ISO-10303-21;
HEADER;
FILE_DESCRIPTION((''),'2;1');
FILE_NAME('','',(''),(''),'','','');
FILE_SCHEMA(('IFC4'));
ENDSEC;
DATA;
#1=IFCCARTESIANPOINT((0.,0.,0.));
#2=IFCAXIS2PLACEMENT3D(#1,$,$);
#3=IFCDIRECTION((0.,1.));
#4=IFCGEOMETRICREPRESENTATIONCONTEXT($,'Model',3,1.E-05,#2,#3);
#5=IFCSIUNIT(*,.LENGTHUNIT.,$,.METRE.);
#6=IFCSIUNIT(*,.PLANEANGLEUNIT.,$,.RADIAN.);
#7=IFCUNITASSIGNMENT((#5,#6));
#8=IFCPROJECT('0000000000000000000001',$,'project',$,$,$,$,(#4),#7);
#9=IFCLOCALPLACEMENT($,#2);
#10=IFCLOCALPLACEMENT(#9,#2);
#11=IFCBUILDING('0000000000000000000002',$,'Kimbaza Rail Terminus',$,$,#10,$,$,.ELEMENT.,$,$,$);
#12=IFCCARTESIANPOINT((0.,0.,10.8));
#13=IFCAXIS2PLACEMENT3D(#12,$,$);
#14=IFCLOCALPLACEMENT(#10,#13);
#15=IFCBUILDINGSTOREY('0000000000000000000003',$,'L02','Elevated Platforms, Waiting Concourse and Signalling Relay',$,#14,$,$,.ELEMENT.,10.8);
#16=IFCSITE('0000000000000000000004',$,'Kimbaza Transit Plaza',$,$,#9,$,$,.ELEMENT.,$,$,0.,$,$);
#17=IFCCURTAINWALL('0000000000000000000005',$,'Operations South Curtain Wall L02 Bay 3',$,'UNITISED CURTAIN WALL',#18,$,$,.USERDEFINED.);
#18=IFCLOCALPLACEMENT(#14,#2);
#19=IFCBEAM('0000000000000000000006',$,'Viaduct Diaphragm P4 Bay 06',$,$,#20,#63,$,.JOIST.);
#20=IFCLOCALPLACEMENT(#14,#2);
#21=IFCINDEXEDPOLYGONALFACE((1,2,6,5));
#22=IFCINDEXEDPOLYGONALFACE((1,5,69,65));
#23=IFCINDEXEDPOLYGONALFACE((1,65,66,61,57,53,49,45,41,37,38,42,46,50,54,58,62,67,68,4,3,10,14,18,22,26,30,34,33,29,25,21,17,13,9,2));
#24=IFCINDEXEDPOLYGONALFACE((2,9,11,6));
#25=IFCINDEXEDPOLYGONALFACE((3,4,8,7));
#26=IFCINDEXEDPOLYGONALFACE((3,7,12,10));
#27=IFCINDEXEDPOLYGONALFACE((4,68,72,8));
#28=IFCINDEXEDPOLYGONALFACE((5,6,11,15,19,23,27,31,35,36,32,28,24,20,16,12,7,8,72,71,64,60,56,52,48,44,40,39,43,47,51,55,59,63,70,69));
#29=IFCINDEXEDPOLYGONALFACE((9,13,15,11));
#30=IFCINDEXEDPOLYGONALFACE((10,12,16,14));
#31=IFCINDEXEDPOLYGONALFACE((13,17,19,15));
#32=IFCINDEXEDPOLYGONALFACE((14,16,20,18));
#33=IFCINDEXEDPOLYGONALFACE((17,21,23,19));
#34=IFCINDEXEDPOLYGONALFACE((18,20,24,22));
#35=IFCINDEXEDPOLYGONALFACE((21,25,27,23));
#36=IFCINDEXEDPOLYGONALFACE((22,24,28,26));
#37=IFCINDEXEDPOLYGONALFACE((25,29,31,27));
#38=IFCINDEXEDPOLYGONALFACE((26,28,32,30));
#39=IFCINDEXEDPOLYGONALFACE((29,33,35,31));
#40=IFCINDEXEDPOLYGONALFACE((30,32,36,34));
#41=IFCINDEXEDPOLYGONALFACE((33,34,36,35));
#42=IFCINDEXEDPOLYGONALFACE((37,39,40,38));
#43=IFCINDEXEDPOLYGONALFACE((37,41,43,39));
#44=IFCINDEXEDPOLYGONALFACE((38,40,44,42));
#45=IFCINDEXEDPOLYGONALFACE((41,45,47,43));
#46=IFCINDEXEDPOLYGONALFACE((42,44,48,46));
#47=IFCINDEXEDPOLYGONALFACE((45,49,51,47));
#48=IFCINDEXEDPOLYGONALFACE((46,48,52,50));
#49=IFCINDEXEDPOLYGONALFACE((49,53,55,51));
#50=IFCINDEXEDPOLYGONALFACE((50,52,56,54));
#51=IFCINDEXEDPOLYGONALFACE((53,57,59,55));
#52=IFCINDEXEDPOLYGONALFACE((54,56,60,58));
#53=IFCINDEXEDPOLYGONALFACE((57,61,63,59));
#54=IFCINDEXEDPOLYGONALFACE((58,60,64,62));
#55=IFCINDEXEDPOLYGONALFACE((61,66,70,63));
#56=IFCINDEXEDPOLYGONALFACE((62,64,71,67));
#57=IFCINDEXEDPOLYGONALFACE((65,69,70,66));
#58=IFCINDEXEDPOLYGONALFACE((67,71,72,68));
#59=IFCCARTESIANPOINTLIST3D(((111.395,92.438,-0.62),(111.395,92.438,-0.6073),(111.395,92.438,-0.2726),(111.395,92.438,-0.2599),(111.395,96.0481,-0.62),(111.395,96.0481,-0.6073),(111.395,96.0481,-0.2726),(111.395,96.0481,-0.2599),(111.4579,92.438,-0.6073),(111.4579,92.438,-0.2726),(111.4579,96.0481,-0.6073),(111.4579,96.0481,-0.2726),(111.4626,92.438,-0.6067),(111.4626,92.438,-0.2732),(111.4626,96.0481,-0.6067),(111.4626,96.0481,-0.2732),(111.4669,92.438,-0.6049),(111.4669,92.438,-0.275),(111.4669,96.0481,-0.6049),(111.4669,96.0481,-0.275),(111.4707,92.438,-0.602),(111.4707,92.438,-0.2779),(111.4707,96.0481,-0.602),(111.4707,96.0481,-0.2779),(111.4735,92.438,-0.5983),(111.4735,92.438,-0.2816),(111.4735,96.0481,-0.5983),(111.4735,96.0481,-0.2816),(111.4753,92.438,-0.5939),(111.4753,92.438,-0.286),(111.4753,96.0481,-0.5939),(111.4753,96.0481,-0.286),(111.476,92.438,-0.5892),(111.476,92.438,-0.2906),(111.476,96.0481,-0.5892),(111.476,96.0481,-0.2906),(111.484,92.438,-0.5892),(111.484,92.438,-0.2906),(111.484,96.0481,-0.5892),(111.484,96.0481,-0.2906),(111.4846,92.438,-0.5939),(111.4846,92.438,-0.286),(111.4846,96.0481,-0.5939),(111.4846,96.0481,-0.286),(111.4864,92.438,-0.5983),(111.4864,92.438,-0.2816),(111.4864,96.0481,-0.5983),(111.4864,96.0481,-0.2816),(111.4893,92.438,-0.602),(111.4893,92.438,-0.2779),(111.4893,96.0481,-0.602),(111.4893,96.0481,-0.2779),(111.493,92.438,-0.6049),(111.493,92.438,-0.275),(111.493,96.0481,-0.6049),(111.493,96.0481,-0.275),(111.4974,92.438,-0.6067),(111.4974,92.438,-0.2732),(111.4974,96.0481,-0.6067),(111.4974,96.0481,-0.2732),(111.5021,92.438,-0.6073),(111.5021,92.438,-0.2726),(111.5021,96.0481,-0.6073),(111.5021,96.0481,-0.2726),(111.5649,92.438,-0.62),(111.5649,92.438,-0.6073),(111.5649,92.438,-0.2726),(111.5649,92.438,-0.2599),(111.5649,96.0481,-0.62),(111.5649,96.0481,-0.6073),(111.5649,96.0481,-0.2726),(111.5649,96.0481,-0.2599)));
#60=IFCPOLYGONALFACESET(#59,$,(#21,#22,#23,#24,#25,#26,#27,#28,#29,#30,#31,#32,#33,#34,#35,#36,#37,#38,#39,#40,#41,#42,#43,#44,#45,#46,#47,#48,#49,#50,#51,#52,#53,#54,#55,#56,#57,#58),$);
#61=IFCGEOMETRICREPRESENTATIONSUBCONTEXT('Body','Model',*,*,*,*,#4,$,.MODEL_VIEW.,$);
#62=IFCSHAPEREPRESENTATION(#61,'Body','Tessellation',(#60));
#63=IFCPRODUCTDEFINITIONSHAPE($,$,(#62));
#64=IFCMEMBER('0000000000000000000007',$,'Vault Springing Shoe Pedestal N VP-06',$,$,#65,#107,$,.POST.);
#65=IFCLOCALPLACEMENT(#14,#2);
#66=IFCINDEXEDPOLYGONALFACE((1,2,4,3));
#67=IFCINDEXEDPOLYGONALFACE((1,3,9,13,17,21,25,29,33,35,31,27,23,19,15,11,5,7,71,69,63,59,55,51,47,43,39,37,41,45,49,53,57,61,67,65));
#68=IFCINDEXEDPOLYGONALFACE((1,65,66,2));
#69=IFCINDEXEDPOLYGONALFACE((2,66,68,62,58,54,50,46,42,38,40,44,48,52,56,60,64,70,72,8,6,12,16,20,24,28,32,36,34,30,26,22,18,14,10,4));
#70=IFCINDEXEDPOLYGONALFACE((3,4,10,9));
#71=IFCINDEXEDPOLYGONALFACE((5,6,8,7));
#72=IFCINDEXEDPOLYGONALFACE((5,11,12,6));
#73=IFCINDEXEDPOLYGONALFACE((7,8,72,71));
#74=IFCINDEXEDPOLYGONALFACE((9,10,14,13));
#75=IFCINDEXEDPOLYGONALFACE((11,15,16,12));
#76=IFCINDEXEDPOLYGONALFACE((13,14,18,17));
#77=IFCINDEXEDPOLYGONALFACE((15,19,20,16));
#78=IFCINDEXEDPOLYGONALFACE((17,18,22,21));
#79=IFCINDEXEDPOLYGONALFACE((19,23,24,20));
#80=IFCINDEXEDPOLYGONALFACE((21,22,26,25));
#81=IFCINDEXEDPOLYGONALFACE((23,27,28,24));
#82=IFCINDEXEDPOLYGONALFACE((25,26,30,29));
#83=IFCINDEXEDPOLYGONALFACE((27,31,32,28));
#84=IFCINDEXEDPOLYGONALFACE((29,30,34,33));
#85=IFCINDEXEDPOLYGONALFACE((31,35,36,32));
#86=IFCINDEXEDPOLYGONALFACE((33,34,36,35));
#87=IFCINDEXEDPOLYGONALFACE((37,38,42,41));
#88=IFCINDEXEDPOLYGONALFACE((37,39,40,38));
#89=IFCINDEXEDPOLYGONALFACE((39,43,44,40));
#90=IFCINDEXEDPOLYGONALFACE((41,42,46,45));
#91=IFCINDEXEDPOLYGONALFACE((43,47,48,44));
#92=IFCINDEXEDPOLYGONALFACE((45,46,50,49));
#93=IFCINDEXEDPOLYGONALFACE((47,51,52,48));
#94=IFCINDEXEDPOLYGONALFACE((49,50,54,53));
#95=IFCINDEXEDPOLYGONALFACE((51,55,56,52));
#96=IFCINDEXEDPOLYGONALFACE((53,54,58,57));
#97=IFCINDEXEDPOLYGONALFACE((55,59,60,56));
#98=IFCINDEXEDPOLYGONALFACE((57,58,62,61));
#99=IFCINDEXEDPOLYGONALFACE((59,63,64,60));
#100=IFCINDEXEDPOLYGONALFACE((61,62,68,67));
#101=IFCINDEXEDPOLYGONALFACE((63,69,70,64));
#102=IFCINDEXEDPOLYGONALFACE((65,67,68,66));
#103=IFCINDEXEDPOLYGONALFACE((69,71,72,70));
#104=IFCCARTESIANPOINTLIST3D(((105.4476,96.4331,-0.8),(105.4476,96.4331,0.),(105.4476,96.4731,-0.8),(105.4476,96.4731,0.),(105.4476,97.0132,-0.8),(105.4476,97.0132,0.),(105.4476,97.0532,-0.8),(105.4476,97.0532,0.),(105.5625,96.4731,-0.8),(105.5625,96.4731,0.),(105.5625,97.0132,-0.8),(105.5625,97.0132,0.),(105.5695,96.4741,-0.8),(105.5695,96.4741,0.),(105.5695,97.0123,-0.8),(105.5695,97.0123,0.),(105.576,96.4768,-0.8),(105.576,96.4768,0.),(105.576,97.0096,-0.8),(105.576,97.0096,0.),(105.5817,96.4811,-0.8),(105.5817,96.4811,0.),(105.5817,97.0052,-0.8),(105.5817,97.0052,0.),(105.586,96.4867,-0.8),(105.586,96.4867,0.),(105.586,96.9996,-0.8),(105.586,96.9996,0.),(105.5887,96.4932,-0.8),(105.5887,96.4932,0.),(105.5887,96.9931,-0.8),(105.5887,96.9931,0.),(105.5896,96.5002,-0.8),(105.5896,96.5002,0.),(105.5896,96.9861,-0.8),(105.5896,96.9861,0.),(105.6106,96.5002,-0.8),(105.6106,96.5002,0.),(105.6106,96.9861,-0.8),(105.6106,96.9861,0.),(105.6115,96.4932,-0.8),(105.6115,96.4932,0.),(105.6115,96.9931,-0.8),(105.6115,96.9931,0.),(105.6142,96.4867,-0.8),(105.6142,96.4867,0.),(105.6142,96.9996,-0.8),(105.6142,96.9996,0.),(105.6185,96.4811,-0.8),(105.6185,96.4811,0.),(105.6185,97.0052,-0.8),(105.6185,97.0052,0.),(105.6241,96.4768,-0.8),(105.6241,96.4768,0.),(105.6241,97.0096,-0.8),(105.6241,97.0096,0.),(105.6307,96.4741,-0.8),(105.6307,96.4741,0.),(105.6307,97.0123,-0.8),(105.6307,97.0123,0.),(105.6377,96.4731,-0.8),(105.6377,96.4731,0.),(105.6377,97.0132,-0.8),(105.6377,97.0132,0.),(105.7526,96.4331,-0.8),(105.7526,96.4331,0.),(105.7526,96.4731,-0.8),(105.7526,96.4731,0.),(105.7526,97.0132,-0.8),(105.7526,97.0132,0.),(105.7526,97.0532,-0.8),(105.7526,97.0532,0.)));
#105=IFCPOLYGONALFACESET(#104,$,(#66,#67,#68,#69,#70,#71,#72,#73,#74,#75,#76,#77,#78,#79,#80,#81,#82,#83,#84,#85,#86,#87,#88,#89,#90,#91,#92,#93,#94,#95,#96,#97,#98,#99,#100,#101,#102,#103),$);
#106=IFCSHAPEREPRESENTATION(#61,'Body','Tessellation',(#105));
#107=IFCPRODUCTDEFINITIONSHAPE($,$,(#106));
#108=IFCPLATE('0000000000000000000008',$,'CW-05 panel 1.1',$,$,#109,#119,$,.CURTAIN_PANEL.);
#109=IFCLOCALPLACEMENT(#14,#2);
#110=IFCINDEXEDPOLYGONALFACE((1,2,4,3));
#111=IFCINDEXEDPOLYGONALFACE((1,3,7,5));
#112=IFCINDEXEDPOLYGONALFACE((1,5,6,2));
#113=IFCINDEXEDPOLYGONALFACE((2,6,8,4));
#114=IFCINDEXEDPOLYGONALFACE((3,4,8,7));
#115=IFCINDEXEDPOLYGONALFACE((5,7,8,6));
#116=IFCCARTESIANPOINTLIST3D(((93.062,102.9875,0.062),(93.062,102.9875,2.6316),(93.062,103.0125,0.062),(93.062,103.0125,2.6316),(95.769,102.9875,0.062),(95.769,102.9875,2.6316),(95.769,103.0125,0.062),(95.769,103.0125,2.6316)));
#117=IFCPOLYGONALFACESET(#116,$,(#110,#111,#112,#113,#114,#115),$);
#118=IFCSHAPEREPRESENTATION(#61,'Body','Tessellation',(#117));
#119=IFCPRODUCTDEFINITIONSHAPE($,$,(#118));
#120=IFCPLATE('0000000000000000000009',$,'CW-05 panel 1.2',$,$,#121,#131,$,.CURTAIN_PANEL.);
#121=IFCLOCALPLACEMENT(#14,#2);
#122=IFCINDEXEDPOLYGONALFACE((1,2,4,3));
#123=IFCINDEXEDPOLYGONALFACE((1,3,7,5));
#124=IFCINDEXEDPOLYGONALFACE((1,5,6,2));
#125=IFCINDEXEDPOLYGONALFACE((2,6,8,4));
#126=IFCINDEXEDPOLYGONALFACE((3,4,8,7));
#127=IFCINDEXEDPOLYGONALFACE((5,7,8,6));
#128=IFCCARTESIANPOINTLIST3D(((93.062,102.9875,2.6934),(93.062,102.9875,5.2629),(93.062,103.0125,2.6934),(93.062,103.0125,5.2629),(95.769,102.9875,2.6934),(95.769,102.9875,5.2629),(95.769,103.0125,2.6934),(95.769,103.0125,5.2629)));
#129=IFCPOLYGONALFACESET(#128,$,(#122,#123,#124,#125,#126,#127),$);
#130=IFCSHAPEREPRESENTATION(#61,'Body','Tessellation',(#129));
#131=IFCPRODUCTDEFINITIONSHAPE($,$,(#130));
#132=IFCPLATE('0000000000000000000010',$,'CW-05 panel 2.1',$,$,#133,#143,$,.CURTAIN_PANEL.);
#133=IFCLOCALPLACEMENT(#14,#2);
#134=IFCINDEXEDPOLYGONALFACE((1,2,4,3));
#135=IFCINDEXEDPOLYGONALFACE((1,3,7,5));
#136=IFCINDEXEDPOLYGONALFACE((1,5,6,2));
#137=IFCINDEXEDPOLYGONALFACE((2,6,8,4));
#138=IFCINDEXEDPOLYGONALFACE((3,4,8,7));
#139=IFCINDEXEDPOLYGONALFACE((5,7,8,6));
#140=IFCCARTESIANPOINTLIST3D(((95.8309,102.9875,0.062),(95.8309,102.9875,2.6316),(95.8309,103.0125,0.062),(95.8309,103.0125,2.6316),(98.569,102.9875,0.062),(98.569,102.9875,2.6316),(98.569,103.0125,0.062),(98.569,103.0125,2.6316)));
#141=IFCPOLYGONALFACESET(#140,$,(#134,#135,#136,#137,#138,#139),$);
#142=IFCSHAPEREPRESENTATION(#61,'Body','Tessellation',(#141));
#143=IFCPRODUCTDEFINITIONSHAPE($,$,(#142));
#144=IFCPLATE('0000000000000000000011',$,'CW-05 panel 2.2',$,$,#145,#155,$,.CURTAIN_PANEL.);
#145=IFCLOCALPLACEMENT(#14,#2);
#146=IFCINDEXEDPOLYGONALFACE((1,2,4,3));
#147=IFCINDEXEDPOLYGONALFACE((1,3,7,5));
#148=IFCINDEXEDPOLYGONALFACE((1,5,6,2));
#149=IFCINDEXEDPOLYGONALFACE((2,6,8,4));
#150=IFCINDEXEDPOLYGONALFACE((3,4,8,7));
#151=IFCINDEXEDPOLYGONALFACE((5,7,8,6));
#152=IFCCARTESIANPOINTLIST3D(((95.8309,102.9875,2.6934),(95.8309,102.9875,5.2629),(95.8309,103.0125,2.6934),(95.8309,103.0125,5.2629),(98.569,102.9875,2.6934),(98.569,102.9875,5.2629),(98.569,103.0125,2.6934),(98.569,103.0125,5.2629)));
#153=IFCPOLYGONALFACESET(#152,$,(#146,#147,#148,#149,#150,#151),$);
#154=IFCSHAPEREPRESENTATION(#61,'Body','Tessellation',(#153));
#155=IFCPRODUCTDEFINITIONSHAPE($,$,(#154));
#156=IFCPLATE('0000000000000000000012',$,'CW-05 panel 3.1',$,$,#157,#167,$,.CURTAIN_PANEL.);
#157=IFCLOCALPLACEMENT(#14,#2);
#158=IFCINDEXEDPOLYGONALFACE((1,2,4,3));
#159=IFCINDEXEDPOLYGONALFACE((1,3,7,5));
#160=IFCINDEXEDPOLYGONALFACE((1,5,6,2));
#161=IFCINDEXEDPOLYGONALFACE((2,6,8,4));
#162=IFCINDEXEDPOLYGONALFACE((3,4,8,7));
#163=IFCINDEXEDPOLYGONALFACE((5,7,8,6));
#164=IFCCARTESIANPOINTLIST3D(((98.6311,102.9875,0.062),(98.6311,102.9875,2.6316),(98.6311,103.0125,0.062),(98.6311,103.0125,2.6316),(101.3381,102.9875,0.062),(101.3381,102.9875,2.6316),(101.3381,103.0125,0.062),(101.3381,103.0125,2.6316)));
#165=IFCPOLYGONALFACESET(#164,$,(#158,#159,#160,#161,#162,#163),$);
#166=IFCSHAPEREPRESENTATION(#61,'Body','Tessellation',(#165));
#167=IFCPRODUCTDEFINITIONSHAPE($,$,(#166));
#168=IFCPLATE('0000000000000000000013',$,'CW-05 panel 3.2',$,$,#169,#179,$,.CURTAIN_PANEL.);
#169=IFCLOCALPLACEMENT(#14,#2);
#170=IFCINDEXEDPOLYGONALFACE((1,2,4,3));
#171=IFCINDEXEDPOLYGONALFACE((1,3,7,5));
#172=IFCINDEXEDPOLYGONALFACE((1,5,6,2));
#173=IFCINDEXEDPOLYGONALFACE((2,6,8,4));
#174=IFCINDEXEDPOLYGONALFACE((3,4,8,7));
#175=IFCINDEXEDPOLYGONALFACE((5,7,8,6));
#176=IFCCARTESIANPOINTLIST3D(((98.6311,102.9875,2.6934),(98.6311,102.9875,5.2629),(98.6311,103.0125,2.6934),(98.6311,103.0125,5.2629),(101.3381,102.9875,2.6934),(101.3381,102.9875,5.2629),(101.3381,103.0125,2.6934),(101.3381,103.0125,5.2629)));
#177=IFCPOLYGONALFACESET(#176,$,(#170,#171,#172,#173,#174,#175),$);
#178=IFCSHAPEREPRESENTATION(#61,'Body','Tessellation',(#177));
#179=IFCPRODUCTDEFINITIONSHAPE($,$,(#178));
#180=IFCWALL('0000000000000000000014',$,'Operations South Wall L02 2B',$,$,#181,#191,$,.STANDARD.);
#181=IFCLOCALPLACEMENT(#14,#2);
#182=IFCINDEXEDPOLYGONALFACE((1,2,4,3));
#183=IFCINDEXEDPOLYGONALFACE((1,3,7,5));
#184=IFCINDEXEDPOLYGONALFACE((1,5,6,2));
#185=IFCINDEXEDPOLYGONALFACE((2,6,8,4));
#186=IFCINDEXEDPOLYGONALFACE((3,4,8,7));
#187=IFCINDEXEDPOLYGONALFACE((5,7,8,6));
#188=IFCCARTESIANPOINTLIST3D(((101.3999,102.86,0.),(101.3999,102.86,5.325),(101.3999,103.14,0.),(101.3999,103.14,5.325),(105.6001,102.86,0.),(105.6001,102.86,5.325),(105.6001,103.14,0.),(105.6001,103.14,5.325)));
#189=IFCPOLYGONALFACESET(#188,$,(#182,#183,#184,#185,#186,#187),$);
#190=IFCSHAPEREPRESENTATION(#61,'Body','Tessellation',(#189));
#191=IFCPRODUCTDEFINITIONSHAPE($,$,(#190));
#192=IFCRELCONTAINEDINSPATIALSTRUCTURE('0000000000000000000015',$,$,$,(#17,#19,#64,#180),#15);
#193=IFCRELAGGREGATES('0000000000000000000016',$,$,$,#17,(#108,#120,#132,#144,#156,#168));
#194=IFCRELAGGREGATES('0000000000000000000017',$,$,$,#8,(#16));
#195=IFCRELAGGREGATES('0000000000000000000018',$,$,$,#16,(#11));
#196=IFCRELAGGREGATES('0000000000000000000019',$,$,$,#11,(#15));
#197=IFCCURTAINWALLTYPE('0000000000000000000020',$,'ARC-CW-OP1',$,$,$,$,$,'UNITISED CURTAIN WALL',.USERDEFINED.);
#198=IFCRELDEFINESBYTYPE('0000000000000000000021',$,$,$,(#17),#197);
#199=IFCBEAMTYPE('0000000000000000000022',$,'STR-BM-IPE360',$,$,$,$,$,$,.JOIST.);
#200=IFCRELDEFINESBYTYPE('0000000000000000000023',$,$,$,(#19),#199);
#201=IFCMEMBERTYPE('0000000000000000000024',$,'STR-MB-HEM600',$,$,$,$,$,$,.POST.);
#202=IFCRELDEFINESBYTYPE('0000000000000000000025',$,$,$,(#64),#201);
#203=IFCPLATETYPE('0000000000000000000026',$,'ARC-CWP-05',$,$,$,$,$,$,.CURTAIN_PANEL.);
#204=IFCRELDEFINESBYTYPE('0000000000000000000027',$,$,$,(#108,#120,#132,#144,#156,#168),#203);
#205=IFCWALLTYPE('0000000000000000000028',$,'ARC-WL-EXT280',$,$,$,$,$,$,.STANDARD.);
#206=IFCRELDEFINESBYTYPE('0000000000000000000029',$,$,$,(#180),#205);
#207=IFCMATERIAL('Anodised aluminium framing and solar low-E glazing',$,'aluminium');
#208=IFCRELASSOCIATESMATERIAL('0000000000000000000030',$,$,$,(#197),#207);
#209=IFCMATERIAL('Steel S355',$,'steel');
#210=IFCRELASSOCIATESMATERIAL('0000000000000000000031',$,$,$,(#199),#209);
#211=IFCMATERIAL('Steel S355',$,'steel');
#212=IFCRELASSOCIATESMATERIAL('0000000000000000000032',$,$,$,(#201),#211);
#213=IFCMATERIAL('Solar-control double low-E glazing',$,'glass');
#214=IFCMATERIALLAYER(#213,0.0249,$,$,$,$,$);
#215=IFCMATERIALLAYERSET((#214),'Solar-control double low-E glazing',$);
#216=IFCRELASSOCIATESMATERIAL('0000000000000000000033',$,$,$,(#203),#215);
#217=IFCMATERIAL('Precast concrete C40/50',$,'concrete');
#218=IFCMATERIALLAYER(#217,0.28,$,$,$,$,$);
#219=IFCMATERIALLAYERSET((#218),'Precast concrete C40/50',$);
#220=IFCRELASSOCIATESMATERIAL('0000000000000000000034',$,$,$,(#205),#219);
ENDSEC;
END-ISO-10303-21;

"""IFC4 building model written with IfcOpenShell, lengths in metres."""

from ifc_helpers import new_model, si_unit, direction, frame, frame_2d, origin, origin_2d, place, context, subcontext, project, spatial, rectangle, i_section, extrude, material, layer, layer_set, material_profile, profile_set, type_object, element, aggregate, save


model = new_model("IFC4")

# Units and contexts
model_context = context("Model", 3, precision=1e-05, world=origin(), true_north=direction((0.0, 1.0)))
body_context = subcontext(model_context, "Body", "Model", "MODEL_VIEW")
ifc_project = project(units=[si_unit("LENGTHUNIT", "METRE"), si_unit("PLANEANGLEUNIT", "RADIAN")], contexts=[model_context])

# Site, building, storey
site_placement = place(None, origin())
site = spatial("IfcSite", under=ifc_project, at=site_placement, Name="Kimbaza Transit Plaza", CompositionType="ELEMENT", RefElevation=0.0)
building_placement = place(site_placement, origin())
building = spatial("IfcBuilding", under=site, at=building_placement, Name="Kimbaza Rail Terminus", CompositionType="ELEMENT")
storey_placement = place(building_placement, frame((0.0, 0.0, 10.8)))
storey = spatial("IfcBuildingStorey", under=building, at=storey_placement, Name="L02", Description="Elevated Platforms, Waiting Concourse and Signalling Relay", CompositionType="ELEMENT", Elevation=10.8)

# Curtain wall
ifc_material_1 = material(Name="Anodised aluminium framing and solar low-E glazing", Category="aluminium")
curtain_wall_type = type_object("IfcCurtainWallType", Name="ARC-CW-OP1", ElementType="UNITISED CURTAIN WALL", PredefinedType="USERDEFINED", material=ifc_material_1)
curtain_wall_placement = place(storey_placement, origin())
curtain_wall = element("IfcCurtainWall", 1, at=curtain_wall_placement, inside=storey, type_object=curtain_wall_type, Name="Operations South Curtain Wall L02 Bay 3", ObjectType="UNITISED CURTAIN WALL", PredefinedType="USERDEFINED")

# Beam
ifc_material_2 = material(Name="Steel S355", Category="steel")
ifc_material_profile_1 = material_profile(ifc_material_2, i_section(OverallWidth=0.1699, OverallDepth=0.3601, WebThickness=0.0081, FlangeThickness=0.0127, FilletRadius=0.0181, at=origin_2d()), Name="IPE 360")
ifc_profile_set_1 = profile_set([ifc_material_profile_1], Name="Steel S355")
beam_type_1 = type_object("IfcBeamType", Name="STR-BM-IPE360", PredefinedType="JOIST", material=ifc_profile_set_1)
beam_1_placement = place(storey_placement, frame((111.48, 92.438, -0.4399), z_axis=(0.0, 1.0, 0.0), x_axis=(-1.0, 0.0, 0.0)))
element("IfcBeam", 2, at=beam_1_placement, inside=storey, type_object=beam_type_1, Name="Viaduct Diaphragm P4 Bay 06", PredefinedType="JOIST", context=body_context, shape_type="SweptSolid", body=[
    extrude(i_section(OverallWidth=0.1699, OverallDepth=0.3601, WebThickness=0.0081, FlangeThickness=0.0127, FilletRadius=0.0181, at=origin_2d()), origin(), (0.0, 0.0, 1.0), 3.6101),
])

# Member
ifc_material_3 = material(Name="Steel S355", Category="steel")
ifc_material_profile_2 = material_profile(ifc_material_3, i_section(OverallWidth=0.3049, OverallDepth=0.6201, WebThickness=0.021, FlangeThickness=0.04, FilletRadius=0.0271, at=origin_2d()), Name="HEM 600")
ifc_profile_set_2 = profile_set([ifc_material_profile_2], Name="Steel S355")
member_type_1 = type_object("IfcMemberType", Name="STR-MB-HEM600", PredefinedType="POST", material=ifc_profile_set_2)
member_1_placement = place(storey_placement, frame((105.6001, 96.7432, -0.8), z_axis=(0.0, 0.0, 1.0), x_axis=(1.0, 0.0, 0.0)))
element("IfcMember", 3, at=member_1_placement, inside=storey, type_object=member_type_1, Name="Vault Springing Shoe Pedestal N VP-06", PredefinedType="POST", context=body_context, shape_type="SweptSolid", body=[
    extrude(i_section(OverallWidth=0.3049, OverallDepth=0.6201, WebThickness=0.021, FlangeThickness=0.04, FilletRadius=0.0271, at=origin_2d()), origin(), (0.0, 0.0, 1.0), 0.8),
])

# Plates
ifc_material_4 = material(Name="Solar-control double low-E glazing", Category="glass")
ifc_layer_1 = layer(ifc_material_4, 0.0249)
ifc_layer_set_1 = layer_set([ifc_layer_1], Name="Solar-control double low-E glazing")
plate_type = type_object("IfcPlateType", Name="ARC-CWP-05", PredefinedType="CURTAIN_PANEL", material=ifc_layer_set_1)
plate_1_placement = place(storey_placement, frame((94.4155, 103.0, 0.062), z_axis=(0.0, 0.0, 1.0), x_axis=(1.0, 0.0, 0.0)))
plate_1 = element("IfcPlate", 4, at=plate_1_placement, type_object=plate_type, Name="CW-05 panel 1.1", PredefinedType="CURTAIN_PANEL", context=body_context, shape_type="SweptSolid", body=[
    extrude(rectangle(XDim=2.707, YDim=0.0249, at=origin_2d()), origin(), (0.0, 0.0, 1.0), 2.5696),
])
plate_2_placement = place(storey_placement, frame((94.4155, 103.0, 2.6934), z_axis=(0.0, 0.0, 1.0), x_axis=(1.0, 0.0, 0.0)))
plate_2 = element("IfcPlate", 5, at=plate_2_placement, type_object=plate_type, Name="CW-05 panel 1.2", PredefinedType="CURTAIN_PANEL", context=body_context, shape_type="SweptSolid", body=[
    extrude(rectangle(XDim=2.707, YDim=0.0249, at=origin_2d()), origin(), (0.0, 0.0, 1.0), 2.5696),
])
plate_3_placement = place(storey_placement, frame((97.2, 103.0, 0.062), z_axis=(0.0, 0.0, 1.0), x_axis=(1.0, 0.0, 0.0)))
plate_3 = element("IfcPlate", 6, at=plate_3_placement, type_object=plate_type, Name="CW-05 panel 2.1", PredefinedType="CURTAIN_PANEL", context=body_context, shape_type="SweptSolid", body=[
    extrude(rectangle(XDim=2.738, YDim=0.0249, at=origin_2d()), origin(), (0.0, 0.0, 1.0), 2.5696),
])
plate_4_placement = place(storey_placement, frame((97.2, 103.0, 2.6934), z_axis=(0.0, 0.0, 1.0), x_axis=(1.0, 0.0, 0.0)))
plate_4 = element("IfcPlate", 7, at=plate_4_placement, type_object=plate_type, Name="CW-05 panel 2.2", PredefinedType="CURTAIN_PANEL", context=body_context, shape_type="SweptSolid", body=[
    extrude(rectangle(XDim=2.738, YDim=0.0249, at=origin_2d()), origin(), (0.0, 0.0, 1.0), 2.5696),
])
plate_5_placement = place(storey_placement, frame((99.9846, 103.0, 0.062), z_axis=(0.0, 0.0, 1.0), x_axis=(1.0, 0.0, 0.0)))
plate_5 = element("IfcPlate", 8, at=plate_5_placement, type_object=plate_type, Name="CW-05 panel 3.1", PredefinedType="CURTAIN_PANEL", context=body_context, shape_type="SweptSolid", body=[
    extrude(rectangle(XDim=2.707, YDim=0.0249, at=origin_2d()), origin(), (0.0, 0.0, 1.0), 2.5696),
])
plate_6_placement = place(storey_placement, frame((99.9846, 103.0, 2.6934), z_axis=(0.0, 0.0, 1.0), x_axis=(1.0, 0.0, 0.0)))
plate_6 = element("IfcPlate", 9, at=plate_6_placement, type_object=plate_type, Name="CW-05 panel 3.2", PredefinedType="CURTAIN_PANEL", context=body_context, shape_type="SweptSolid", body=[
    extrude(rectangle(XDim=2.707, YDim=0.0249, at=origin_2d()), origin(), (0.0, 0.0, 1.0), 2.5696),
])
aggregate(curtain_wall, [plate_1, plate_2, plate_3, plate_4, plate_5, plate_6])

# Wall
ifc_material_5 = material(Name="Precast concrete C40/50", Category="concrete")
ifc_layer_2 = layer(ifc_material_5, 0.28)
ifc_layer_set_2 = layer_set([ifc_layer_2], Name="Precast concrete C40/50")
wall_type = type_object("IfcWallType", Name="ARC-WL-EXT280", PredefinedType="STANDARD", material=ifc_layer_set_2)
wall_1_placement = place(storey_placement, frame((101.3999, 103.0, 0.0), z_axis=(0.0, 0.0, 1.0), x_axis=(1.0, 0.0, 0.0)))
element("IfcWall", 10, at=wall_1_placement, inside=storey, type_object=wall_type, Name="Operations South Wall L02 2B", PredefinedType="STANDARD", context=body_context, shape_type="SweptSolid", body=[
    extrude(rectangle(XDim=4.2002, YDim=0.28, at=frame_2d((2.1001, 0.0))), origin(), (0.0, 0.0, 1.0), 5.325),
])

save(model, "model.ifc")
